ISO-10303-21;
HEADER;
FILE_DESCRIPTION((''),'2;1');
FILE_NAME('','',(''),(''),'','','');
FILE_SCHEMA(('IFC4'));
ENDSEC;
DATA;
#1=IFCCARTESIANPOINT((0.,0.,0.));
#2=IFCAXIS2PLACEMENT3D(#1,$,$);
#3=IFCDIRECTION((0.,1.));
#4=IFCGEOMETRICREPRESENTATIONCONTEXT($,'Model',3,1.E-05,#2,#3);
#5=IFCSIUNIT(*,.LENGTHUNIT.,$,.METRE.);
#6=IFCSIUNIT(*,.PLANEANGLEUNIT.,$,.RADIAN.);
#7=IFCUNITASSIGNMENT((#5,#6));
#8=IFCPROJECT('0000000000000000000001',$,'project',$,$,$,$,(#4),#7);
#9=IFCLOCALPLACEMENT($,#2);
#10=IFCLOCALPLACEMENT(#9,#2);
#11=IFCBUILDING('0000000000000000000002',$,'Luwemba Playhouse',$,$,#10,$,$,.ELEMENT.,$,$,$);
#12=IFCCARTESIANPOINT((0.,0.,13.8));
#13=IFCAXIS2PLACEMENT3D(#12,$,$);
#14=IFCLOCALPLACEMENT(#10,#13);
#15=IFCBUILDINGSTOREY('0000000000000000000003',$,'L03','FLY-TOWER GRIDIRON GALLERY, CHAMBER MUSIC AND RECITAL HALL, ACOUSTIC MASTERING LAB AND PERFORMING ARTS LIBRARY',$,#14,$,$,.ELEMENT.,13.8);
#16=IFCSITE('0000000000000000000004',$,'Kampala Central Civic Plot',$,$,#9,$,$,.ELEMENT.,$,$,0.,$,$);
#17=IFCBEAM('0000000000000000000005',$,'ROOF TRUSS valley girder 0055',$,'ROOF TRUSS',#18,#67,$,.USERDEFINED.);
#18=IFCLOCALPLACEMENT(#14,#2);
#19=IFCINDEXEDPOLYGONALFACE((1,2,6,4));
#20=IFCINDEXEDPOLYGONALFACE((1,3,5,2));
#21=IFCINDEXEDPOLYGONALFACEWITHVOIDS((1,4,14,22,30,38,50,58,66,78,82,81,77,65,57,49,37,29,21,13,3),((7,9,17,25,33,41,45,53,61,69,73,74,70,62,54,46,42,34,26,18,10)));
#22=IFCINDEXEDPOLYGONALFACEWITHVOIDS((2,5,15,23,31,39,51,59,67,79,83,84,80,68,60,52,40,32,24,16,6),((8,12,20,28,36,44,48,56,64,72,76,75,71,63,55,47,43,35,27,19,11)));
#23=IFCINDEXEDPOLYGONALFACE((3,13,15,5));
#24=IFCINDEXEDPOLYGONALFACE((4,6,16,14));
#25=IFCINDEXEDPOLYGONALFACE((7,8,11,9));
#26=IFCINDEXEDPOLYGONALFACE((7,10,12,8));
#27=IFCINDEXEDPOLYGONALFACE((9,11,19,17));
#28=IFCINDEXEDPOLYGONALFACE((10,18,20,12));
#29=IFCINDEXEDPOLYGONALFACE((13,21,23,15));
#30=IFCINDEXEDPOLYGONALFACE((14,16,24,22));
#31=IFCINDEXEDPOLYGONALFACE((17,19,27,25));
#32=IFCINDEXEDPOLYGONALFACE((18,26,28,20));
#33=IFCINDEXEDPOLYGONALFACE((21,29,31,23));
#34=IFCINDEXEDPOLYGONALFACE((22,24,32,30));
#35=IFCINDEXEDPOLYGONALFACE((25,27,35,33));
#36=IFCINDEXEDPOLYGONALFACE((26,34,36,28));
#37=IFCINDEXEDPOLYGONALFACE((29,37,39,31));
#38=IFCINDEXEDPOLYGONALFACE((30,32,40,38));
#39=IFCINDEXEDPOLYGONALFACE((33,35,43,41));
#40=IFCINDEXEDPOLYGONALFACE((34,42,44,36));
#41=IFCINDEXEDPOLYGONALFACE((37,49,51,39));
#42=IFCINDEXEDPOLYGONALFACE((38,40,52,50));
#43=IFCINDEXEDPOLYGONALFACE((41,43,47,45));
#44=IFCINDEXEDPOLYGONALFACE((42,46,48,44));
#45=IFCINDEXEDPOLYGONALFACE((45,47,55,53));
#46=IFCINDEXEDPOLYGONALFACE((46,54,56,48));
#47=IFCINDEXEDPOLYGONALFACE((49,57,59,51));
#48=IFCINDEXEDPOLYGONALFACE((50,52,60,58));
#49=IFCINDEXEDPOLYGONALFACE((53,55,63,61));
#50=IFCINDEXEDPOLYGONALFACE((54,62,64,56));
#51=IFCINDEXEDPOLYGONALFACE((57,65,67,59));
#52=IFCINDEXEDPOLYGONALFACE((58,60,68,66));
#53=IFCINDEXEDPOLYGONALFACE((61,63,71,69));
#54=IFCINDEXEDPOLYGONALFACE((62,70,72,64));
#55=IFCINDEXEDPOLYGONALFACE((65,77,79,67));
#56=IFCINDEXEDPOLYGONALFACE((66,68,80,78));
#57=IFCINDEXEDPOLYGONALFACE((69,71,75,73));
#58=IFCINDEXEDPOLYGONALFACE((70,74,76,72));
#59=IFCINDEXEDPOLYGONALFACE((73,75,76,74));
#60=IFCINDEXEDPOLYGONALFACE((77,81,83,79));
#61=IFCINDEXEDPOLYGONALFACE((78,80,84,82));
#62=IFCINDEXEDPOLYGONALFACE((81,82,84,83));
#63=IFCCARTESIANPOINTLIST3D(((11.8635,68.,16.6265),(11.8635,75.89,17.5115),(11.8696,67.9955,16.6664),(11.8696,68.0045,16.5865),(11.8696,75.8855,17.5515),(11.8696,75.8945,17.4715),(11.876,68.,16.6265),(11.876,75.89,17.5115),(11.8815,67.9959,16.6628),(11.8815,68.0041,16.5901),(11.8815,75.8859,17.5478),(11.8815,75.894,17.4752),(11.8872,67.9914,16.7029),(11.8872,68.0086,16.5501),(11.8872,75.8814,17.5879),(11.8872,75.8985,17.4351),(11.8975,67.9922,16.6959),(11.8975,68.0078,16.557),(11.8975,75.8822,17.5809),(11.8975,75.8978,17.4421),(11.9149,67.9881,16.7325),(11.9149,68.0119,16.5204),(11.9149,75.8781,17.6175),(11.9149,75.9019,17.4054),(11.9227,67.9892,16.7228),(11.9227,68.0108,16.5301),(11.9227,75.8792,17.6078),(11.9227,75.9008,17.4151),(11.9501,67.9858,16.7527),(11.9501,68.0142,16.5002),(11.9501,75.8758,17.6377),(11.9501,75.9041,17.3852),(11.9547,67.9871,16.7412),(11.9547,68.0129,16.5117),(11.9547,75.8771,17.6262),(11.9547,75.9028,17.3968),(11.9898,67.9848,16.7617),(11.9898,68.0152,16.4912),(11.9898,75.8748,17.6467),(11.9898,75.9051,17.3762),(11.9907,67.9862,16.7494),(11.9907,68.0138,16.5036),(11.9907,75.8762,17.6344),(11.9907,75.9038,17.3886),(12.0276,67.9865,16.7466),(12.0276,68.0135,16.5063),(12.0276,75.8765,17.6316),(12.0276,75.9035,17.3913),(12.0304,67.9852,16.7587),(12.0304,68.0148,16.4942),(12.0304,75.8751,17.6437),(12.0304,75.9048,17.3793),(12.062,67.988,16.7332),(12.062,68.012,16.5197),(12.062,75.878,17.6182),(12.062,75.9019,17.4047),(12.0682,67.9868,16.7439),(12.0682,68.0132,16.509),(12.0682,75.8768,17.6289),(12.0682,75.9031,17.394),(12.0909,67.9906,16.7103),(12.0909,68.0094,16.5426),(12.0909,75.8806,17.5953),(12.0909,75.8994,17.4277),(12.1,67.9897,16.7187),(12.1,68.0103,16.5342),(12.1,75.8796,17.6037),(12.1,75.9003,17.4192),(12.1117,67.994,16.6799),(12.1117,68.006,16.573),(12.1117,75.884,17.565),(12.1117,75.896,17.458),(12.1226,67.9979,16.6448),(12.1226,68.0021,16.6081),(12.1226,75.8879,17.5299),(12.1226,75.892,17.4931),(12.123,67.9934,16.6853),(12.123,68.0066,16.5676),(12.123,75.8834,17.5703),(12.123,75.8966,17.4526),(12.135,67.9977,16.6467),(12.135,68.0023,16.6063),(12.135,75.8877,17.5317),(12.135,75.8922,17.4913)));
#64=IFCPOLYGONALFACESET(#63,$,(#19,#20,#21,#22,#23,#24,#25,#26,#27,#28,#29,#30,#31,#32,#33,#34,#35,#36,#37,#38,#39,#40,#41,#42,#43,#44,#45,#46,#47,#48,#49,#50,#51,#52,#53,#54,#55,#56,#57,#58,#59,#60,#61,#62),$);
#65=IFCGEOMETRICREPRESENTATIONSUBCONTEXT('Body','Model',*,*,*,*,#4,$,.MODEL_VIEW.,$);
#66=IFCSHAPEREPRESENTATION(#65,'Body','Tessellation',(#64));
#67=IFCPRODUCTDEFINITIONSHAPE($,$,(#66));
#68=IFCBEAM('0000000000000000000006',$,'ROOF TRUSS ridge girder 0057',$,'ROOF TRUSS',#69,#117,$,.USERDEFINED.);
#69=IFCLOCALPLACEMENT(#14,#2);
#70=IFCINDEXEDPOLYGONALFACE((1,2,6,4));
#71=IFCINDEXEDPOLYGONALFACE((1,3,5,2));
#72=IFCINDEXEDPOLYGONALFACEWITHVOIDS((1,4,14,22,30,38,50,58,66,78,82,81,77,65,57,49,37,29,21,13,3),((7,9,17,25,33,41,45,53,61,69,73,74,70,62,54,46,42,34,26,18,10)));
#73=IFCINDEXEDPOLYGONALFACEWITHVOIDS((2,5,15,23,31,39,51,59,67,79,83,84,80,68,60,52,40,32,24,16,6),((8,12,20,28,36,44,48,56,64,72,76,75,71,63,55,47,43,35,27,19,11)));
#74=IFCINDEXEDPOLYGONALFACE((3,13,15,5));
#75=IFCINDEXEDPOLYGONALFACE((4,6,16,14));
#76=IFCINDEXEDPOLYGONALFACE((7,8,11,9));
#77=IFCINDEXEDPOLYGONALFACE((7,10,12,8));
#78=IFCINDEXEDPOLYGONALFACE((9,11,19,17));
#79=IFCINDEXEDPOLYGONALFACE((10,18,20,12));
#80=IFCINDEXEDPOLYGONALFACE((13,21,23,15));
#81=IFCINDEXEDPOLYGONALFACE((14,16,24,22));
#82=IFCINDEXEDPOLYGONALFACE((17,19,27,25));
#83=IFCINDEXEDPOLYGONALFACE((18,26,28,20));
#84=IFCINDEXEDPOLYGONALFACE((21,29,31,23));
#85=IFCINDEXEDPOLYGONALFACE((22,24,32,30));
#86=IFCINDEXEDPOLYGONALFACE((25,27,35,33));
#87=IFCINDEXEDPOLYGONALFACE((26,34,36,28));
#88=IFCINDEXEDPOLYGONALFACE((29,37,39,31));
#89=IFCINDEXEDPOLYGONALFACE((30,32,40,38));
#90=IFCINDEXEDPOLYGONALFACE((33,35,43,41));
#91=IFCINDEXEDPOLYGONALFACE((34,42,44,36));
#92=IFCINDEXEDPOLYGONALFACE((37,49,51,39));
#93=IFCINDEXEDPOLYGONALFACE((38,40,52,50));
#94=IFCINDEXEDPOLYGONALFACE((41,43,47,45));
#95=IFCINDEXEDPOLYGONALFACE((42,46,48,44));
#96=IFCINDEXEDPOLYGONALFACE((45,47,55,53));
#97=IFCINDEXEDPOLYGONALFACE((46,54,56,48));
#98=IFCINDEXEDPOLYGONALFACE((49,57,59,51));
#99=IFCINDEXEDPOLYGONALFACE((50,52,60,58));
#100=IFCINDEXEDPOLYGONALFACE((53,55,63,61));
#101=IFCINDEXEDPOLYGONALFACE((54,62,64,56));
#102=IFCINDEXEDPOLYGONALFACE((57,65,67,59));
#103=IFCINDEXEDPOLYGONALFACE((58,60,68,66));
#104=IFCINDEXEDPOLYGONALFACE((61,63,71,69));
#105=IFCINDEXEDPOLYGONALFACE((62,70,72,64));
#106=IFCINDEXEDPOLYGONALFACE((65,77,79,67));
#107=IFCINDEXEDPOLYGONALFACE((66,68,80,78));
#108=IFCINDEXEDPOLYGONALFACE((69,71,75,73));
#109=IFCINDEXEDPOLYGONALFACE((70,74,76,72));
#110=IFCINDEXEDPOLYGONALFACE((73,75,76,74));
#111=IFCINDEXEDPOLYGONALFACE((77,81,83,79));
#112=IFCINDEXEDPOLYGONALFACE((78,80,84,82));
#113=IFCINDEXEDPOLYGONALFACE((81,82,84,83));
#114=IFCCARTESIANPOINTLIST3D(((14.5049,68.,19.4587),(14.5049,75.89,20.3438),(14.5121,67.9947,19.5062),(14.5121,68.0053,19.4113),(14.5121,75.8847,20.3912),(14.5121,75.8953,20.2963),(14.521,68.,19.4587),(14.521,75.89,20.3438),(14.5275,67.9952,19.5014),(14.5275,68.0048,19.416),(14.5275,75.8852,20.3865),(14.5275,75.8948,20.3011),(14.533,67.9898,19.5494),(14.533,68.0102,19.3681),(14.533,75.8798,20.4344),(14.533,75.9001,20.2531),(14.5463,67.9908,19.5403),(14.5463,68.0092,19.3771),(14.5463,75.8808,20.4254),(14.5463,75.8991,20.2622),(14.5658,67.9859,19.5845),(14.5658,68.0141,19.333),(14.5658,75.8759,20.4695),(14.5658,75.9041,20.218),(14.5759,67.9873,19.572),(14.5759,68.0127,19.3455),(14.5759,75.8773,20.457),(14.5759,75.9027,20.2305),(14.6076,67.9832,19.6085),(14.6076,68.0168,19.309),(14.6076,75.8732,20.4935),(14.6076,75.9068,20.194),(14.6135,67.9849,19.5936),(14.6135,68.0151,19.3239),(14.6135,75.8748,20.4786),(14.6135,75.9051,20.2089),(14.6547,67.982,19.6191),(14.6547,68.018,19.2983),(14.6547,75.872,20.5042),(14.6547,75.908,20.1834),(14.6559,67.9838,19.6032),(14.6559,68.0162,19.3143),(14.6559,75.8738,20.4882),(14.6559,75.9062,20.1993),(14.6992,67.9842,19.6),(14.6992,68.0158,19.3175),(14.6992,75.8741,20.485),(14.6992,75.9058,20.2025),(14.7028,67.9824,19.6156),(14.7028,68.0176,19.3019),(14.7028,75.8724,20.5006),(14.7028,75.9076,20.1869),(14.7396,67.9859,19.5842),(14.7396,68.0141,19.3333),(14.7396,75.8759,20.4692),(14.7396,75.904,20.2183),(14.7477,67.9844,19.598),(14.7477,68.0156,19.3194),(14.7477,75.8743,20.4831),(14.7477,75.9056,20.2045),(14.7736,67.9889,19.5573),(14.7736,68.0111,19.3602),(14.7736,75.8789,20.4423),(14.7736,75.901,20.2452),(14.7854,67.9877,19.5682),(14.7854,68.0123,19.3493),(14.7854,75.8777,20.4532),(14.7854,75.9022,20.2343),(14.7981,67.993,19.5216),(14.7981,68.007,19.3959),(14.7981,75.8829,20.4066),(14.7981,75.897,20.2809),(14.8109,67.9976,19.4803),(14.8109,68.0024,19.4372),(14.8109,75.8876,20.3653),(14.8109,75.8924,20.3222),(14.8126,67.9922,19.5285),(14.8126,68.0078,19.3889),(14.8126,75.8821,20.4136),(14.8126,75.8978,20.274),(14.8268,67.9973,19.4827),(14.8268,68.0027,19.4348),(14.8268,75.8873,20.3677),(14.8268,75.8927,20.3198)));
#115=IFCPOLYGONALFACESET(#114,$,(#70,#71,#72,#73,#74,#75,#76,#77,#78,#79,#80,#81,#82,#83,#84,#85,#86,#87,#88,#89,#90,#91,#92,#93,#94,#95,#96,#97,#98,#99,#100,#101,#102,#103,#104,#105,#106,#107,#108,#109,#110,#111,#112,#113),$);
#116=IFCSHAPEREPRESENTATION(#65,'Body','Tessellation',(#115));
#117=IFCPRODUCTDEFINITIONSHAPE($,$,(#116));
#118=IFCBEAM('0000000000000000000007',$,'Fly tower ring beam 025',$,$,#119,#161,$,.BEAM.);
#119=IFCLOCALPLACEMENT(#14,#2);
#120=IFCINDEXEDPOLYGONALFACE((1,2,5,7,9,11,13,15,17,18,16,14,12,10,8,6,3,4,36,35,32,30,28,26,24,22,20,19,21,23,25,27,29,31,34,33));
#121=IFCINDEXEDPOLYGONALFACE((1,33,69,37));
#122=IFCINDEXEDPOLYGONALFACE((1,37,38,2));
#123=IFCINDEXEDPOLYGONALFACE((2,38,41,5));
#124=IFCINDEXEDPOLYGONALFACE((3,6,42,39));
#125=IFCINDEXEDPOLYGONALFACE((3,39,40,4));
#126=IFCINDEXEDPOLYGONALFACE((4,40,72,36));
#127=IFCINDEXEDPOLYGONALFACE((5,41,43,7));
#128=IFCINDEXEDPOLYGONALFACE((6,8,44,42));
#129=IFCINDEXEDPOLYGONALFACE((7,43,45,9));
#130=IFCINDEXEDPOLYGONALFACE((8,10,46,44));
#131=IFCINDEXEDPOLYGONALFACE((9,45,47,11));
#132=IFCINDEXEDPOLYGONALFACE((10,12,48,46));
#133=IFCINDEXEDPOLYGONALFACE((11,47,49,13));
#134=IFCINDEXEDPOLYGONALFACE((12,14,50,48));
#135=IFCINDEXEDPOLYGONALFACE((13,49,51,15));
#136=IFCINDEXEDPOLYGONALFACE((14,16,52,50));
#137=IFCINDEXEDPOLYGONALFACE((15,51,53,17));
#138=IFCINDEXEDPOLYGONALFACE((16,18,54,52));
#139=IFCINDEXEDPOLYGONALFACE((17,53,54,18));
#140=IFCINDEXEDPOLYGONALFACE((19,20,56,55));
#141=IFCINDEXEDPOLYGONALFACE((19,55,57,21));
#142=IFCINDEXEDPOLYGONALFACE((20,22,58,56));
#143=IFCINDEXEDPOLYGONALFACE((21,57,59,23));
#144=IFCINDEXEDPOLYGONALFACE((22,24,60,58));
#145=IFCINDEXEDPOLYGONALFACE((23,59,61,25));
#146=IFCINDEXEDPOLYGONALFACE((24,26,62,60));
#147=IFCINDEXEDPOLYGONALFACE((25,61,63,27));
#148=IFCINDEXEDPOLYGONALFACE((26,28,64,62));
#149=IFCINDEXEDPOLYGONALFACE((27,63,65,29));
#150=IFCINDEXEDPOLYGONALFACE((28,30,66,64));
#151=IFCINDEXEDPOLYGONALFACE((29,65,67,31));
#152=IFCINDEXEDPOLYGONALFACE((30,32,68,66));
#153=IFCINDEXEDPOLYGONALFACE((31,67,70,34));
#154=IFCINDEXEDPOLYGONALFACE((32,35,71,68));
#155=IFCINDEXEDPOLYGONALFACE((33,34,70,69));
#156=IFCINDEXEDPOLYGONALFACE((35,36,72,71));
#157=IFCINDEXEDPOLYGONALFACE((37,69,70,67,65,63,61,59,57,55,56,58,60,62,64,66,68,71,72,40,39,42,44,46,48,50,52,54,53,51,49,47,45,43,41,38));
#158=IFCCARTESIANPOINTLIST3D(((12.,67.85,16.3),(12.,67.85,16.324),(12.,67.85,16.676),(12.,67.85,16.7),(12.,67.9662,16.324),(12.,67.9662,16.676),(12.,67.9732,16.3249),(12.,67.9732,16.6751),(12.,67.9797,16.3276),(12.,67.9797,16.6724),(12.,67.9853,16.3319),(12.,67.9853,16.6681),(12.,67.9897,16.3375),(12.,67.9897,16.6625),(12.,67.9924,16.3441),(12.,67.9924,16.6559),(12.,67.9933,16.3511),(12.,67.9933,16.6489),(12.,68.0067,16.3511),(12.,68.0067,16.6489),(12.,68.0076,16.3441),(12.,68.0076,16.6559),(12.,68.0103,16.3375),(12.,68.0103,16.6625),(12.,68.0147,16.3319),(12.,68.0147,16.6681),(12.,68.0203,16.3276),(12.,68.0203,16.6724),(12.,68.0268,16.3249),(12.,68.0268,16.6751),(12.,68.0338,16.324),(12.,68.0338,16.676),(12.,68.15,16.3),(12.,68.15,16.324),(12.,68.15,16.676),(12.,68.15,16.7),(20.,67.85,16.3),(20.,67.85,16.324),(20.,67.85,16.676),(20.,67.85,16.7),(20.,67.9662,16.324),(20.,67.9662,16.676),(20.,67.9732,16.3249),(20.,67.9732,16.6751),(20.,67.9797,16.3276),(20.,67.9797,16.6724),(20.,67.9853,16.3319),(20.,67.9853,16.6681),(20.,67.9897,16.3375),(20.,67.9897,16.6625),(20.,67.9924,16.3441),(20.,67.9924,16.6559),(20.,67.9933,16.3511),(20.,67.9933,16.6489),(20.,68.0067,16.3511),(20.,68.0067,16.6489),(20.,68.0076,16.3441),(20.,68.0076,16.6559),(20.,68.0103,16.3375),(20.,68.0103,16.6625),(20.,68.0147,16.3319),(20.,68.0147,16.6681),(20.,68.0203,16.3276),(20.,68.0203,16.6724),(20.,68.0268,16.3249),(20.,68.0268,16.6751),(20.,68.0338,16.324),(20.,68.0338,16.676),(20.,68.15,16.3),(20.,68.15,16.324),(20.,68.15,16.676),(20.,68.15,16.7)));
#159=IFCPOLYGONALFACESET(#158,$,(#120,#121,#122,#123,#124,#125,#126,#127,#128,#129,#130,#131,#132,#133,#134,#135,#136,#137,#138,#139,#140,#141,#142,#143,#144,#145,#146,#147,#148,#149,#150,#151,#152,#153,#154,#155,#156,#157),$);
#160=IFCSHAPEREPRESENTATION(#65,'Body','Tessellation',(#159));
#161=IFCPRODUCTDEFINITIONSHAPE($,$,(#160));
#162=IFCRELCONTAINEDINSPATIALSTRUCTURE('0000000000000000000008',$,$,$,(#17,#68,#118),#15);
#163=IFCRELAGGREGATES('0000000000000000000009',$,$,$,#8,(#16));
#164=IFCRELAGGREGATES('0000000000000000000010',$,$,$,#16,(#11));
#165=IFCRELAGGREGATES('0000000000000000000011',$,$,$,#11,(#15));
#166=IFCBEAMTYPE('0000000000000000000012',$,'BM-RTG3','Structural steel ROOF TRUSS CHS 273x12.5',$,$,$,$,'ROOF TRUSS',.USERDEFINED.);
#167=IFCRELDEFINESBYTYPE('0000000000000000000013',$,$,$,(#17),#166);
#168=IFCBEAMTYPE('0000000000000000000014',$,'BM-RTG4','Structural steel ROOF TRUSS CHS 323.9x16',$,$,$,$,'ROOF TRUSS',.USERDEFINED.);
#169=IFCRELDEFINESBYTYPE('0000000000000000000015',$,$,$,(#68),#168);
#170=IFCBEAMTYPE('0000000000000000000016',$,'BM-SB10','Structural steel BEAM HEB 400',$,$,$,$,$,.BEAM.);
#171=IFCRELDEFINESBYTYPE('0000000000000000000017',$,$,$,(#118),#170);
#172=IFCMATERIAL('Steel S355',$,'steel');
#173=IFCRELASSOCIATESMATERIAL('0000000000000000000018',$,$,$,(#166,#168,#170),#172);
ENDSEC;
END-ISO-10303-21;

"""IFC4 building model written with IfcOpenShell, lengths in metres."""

from ifc_helpers import new_model, si_unit, direction, frame, origin, origin_2d, place, context, subcontext, project, spatial, hollow_circle, i_section, extrude, material, material_profile, profile_set, type_object, element, save


model = new_model("IFC4")

# Units and contexts
model_context = context("Model", 3, precision=1e-05, world=origin(), true_north=direction((0.0, 1.0)))
body_context = subcontext(model_context, "Body", "Model", "MODEL_VIEW")
ifc_project = project(units=[si_unit("LENGTHUNIT", "METRE"), si_unit("PLANEANGLEUNIT", "RADIAN")], contexts=[model_context])

# Site, building, storey
site_placement = place(None, origin())
site = spatial("IfcSite", under=ifc_project, at=site_placement, Name="Kampala Central Civic Plot", CompositionType="ELEMENT", RefElevation=0.0)
building_placement = place(site_placement, origin())
building = spatial("IfcBuilding", under=site, at=building_placement, Name="Luwemba Playhouse", CompositionType="ELEMENT")
storey_placement = place(building_placement, frame((0.0, 0.0, 13.8)))
storey = spatial("IfcBuildingStorey", under=building, at=storey_placement, Name="L03", Description="FLY-TOWER GRIDIRON GALLERY, CHAMBER MUSIC AND RECITAL HALL, ACOUSTIC MASTERING LAB AND PERFORMING ARTS LIBRARY", CompositionType="ELEMENT", Elevation=13.8)

# Shared definitions
ifc_material_1 = material(Name="Steel S355", Category="steel")

# Beams
ifc_material_profile_1 = material_profile(ifc_material_1, hollow_circle(Radius=0.1365, WallThickness=0.0125, at=origin_2d()))
ifc_profile_set_1 = profile_set([ifc_material_profile_1], Name="Steel S355")
beam_type_1 = type_object("IfcBeamType", Name="BM-RTG3", Description="Structural steel ROOF TRUSS CHS 273x12.5", ElementType="ROOF TRUSS", PredefinedType="USERDEFINED", material=ifc_profile_set_1)
beam_1_placement = place(storey_placement, frame((12.0, 68.0, 16.6265), z_axis=(0.0, 0.993768, 0.111471), x_axis=(-1.0, 0.0, 0.0)))
element("IfcBeam", 1, at=beam_1_placement, inside=storey, type_object=beam_type_1, Name="ROOF TRUSS valley girder 0055", ObjectType="ROOF TRUSS", PredefinedType="USERDEFINED", context=body_context, shape_type="SweptSolid", body=[
    extrude(hollow_circle(Radius=0.1365, WallThickness=0.0125, at=origin_2d()), origin(), (0.0, 0.0, 1.0), 7.9395),
])
ifc_material_profile_2 = material_profile(ifc_material_1, hollow_circle(Radius=0.1619, WallThickness=0.0161, at=origin_2d()))
ifc_profile_set_2 = profile_set([ifc_material_profile_2], Name="Steel S355")
beam_type_2 = type_object("IfcBeamType", Name="BM-RTG4", Description="Structural steel ROOF TRUSS CHS 323.9x16", ElementType="ROOF TRUSS", PredefinedType="USERDEFINED", material=ifc_profile_set_2)
beam_2_placement = place(storey_placement, frame((14.6667, 68.0, 19.4587), z_axis=(0.0, 0.993768, 0.111471), x_axis=(-1.0, 0.0, 0.0)))
element("IfcBeam", 2, at=beam_2_placement, inside=storey, type_object=beam_type_2, Name="ROOF TRUSS ridge girder 0057", ObjectType="ROOF TRUSS", PredefinedType="USERDEFINED", context=body_context, shape_type="SweptSolid", body=[
    extrude(hollow_circle(Radius=0.1619, WallThickness=0.0161, at=origin_2d()), origin(), (0.0, 0.0, 1.0), 7.9395),
])
ifc_material_profile_3 = material_profile(ifc_material_1, i_section(OverallWidth=0.3, OverallDepth=0.3999, WebThickness=0.0134, FlangeThickness=0.0239, FilletRadius=0.0271, at=origin_2d()))
ifc_profile_set_3 = profile_set([ifc_material_profile_3], Name="Steel S355")
beam_type_3 = type_object("IfcBeamType", Name="BM-SB10", Description="Structural steel BEAM HEB 400", PredefinedType="BEAM", material=ifc_profile_set_3)
for number, where, z_axis, x_axis, name in (
    (3, (12.0, 68.0, 16.5), (1.0, 0.0, 0.0), (0.0, 1.0, 0.0), "Fly tower ring beam 025"),
):
    element("IfcBeam", number, at=place(storey_placement, frame(where, z_axis=z_axis, x_axis=x_axis)), inside=storey, type_object=beam_type_3, Name=name, PredefinedType="BEAM", context=body_context, shape_type="SweptSolid", body=[
        extrude(i_section(OverallWidth=0.3, OverallDepth=0.3999, WebThickness=0.0134, FlangeThickness=0.0239, FilletRadius=0.0271, at=origin_2d()), origin(), (0.0, 0.0, 1.0), 8.0),
    ])

save(model, "model.ifc")
